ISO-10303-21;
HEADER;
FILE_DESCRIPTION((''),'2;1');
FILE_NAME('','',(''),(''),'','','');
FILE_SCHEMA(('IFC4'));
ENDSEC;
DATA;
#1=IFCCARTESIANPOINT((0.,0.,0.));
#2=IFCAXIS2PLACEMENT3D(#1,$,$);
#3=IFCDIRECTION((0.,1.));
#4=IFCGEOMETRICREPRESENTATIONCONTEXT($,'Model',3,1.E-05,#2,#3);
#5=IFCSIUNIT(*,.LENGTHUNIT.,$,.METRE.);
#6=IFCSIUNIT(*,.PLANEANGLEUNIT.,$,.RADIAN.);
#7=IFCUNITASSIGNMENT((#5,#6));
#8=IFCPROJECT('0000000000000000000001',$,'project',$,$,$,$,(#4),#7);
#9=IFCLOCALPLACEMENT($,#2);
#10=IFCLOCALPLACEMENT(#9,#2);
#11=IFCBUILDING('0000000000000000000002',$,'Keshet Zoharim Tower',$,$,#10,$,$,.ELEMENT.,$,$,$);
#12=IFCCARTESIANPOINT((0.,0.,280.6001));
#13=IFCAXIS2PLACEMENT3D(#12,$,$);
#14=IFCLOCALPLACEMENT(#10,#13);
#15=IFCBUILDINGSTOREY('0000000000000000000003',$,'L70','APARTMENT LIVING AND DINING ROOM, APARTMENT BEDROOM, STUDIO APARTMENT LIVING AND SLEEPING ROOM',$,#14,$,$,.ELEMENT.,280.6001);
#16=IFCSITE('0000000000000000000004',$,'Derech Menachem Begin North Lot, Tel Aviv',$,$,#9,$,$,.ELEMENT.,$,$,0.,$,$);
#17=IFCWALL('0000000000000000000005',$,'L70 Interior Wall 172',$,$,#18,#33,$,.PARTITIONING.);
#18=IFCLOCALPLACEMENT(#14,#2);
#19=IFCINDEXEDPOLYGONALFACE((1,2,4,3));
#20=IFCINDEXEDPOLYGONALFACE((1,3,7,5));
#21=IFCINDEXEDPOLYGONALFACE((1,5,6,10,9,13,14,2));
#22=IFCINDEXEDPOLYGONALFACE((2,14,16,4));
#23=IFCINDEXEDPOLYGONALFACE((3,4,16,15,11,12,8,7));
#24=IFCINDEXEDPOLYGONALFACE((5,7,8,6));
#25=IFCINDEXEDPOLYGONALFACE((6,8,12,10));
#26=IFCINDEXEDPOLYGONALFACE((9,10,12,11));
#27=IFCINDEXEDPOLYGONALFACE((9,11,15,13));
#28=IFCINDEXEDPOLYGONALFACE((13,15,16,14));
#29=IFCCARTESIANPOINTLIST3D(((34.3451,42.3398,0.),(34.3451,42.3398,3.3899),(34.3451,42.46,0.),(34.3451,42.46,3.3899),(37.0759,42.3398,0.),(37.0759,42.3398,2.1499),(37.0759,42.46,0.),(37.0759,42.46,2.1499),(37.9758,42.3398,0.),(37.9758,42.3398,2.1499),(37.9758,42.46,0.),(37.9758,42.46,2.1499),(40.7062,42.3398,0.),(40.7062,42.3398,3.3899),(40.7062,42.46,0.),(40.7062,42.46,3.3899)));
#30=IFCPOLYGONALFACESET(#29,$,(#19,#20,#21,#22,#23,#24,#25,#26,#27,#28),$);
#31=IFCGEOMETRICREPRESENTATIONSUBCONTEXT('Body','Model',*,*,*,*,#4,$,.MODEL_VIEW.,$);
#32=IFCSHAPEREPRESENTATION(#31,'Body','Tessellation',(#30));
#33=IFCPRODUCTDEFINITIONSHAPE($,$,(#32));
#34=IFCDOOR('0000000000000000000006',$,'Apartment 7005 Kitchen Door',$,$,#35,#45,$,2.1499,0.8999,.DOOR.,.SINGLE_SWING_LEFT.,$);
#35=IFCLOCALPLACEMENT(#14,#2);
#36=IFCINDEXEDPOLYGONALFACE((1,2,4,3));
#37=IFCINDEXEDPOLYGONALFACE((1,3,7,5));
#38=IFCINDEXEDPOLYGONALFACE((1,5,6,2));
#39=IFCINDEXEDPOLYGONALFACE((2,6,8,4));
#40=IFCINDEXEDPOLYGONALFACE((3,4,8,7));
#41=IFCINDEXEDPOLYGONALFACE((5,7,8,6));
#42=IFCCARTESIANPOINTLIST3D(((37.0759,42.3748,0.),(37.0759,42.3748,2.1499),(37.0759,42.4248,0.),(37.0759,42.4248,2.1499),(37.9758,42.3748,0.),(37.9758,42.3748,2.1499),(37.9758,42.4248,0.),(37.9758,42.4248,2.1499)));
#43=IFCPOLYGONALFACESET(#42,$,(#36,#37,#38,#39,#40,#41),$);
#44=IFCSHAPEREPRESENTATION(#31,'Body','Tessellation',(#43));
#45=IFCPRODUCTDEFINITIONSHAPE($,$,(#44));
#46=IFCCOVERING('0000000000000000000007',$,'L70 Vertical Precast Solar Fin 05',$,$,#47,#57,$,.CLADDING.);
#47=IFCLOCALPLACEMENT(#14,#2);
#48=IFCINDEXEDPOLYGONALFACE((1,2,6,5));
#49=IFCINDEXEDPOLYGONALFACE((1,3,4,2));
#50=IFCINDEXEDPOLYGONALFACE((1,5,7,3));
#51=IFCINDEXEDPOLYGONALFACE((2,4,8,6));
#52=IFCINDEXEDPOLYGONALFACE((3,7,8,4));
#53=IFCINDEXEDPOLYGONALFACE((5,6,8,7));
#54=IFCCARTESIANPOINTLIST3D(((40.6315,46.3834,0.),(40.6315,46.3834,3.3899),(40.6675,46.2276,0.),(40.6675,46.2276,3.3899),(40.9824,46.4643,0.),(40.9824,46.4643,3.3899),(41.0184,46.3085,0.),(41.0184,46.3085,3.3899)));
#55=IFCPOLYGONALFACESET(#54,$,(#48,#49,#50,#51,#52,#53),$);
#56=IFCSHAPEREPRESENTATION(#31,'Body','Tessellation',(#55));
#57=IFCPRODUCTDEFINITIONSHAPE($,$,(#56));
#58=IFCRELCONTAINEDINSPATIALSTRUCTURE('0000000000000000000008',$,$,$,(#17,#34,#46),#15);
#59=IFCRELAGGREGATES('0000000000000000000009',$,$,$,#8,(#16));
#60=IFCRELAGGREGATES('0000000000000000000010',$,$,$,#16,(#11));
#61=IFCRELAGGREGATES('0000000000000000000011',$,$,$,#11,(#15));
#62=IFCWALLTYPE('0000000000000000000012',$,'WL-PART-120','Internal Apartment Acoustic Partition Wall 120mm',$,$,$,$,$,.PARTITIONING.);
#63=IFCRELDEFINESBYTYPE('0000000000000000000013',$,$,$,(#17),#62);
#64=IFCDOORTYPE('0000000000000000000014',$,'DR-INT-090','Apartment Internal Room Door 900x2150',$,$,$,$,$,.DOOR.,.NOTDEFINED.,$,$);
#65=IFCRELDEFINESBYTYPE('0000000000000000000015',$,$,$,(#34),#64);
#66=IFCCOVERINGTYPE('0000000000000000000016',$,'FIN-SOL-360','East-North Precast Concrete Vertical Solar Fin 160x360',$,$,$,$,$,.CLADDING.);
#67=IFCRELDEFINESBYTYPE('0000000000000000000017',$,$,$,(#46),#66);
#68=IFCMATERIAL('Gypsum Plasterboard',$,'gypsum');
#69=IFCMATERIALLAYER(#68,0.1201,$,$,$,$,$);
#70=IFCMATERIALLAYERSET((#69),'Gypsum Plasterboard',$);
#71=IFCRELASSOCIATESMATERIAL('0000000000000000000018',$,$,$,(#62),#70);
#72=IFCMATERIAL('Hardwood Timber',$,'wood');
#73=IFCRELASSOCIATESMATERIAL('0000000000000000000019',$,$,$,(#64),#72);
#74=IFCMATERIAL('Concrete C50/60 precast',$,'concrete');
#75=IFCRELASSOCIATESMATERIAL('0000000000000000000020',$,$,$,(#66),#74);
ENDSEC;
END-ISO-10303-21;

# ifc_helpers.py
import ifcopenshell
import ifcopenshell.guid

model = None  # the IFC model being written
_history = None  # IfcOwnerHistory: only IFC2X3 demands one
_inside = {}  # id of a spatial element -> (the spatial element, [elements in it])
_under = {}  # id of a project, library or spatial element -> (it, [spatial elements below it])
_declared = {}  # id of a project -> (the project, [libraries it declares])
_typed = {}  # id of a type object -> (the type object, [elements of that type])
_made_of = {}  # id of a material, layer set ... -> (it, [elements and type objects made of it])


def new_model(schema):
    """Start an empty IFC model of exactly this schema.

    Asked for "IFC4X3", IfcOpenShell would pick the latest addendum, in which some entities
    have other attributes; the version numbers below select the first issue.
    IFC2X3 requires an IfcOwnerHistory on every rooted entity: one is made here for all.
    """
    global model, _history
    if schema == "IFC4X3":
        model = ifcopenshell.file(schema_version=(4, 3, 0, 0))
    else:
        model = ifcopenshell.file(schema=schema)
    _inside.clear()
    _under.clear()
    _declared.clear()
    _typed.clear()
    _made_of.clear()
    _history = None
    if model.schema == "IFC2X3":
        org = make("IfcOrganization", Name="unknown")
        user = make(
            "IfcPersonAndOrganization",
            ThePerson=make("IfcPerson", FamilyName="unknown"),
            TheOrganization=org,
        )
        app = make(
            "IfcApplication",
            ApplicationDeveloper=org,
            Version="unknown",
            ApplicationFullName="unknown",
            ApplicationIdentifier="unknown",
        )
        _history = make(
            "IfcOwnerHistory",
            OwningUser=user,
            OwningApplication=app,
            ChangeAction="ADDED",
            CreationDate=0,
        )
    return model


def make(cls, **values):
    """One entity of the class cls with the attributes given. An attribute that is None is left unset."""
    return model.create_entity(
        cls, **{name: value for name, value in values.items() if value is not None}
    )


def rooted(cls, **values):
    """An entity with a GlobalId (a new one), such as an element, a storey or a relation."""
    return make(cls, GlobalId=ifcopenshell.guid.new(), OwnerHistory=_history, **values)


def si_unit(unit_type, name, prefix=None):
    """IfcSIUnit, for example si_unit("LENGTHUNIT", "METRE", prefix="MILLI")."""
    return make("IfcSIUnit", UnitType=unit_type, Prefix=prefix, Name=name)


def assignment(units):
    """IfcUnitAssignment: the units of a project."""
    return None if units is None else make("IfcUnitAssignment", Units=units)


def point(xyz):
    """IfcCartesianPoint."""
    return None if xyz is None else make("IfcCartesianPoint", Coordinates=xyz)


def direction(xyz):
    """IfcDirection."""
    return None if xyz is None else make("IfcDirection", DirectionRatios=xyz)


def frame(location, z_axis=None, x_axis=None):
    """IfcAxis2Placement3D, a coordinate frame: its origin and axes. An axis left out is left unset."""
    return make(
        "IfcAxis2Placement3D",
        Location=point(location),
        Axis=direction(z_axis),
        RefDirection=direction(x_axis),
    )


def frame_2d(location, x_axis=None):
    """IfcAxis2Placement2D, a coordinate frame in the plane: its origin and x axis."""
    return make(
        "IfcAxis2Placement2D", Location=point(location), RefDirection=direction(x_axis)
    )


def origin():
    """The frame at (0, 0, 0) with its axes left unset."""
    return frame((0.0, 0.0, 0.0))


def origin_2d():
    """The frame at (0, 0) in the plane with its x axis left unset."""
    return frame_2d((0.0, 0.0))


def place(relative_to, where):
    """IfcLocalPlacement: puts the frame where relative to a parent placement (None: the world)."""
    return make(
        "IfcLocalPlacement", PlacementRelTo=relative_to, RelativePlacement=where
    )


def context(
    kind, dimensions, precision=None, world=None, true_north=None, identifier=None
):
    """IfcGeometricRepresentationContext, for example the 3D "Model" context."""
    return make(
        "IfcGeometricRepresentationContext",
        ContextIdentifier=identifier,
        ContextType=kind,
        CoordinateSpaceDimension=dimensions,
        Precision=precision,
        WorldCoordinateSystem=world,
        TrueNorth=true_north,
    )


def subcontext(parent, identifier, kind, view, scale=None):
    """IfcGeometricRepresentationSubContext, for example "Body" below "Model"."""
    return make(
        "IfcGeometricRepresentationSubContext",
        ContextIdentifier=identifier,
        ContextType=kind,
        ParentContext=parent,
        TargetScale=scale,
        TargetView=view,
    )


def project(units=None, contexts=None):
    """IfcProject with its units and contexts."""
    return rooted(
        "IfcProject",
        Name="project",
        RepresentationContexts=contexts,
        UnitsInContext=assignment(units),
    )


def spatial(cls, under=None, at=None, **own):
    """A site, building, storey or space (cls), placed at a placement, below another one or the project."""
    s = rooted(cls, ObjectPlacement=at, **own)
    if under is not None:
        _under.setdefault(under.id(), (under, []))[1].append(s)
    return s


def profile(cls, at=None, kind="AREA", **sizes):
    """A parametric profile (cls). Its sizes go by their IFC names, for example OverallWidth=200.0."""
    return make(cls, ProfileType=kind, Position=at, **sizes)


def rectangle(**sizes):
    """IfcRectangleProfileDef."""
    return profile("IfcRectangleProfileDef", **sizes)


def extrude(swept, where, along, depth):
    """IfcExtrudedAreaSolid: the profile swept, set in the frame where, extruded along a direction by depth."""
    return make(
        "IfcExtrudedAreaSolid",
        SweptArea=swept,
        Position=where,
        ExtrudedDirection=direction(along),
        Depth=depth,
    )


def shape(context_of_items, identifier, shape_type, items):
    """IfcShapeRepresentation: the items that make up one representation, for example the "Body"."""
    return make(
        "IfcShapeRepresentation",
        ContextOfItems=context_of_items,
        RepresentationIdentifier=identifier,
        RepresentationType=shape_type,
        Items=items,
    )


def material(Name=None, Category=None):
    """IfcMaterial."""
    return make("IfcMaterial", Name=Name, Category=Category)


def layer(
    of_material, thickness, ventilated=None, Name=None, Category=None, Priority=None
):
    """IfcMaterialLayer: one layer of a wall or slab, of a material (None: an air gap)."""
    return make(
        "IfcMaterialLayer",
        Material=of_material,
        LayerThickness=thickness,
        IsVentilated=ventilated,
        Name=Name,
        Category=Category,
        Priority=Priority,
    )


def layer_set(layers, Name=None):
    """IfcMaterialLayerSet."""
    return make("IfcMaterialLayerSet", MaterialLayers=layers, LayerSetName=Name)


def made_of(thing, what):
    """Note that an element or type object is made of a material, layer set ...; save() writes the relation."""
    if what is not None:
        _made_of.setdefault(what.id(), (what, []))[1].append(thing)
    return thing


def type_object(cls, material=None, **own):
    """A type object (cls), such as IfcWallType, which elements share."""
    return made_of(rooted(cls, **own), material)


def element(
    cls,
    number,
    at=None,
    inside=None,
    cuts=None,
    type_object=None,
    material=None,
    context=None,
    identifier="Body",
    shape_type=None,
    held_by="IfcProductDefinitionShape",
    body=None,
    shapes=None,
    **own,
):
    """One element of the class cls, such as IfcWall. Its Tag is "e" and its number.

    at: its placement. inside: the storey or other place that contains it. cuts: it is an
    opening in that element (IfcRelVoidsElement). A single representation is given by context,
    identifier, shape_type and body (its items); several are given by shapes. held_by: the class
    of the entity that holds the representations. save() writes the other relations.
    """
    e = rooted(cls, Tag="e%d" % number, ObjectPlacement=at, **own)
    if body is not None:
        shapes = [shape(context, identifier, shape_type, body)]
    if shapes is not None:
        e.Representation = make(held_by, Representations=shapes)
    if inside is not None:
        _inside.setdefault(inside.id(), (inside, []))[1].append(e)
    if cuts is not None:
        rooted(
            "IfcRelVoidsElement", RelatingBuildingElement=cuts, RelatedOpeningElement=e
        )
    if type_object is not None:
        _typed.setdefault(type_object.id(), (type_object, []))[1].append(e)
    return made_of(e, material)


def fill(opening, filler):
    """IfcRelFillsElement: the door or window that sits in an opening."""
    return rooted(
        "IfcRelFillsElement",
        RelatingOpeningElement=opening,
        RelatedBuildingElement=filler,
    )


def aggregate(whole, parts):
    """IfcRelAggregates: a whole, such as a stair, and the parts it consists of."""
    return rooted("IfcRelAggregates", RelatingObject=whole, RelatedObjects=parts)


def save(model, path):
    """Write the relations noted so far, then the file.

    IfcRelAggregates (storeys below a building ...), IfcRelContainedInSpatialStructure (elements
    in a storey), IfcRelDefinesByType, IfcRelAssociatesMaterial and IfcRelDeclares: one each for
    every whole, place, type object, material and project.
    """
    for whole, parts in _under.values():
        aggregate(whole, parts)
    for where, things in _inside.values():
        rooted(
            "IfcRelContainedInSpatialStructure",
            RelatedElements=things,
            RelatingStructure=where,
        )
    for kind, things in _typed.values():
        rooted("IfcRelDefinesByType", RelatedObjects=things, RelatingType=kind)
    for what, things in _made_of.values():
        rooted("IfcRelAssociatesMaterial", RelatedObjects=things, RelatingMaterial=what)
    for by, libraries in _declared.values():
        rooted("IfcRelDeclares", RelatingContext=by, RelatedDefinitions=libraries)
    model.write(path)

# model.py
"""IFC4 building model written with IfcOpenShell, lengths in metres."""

from ifc_helpers import new_model, si_unit, direction, frame, frame_2d, origin, origin_2d, place, context, subcontext, project, spatial, rectangle, extrude, material, layer, layer_set, type_object, element, fill, save


model = new_model("IFC4")

# Units and contexts
model_context = context("Model", 3, precision=1e-05, world=origin(), true_north=direction((0.0, 1.0)))
body_context = subcontext(model_context, "Body", "Model", "MODEL_VIEW")
ifc_project = project(units=[si_unit("LENGTHUNIT", "METRE"), si_unit("PLANEANGLEUNIT", "RADIAN")], contexts=[model_context])

# Site, building, storey
site_placement = place(None, origin())
site = spatial("IfcSite", under=ifc_project, at=site_placement, Name="Derech Menachem Begin North Lot, Tel Aviv", CompositionType="ELEMENT", RefElevation=0.0)
building_placement = place(site_placement, origin())
building = spatial("IfcBuilding", under=site, at=building_placement, Name="Keshet Zoharim Tower", CompositionType="ELEMENT")
storey_placement = place(building_placement, frame((0.0, 0.0, 280.6001)))
storey = spatial("IfcBuildingStorey", under=building, at=storey_placement, Name="L70", Description="APARTMENT LIVING AND DINING ROOM, APARTMENT BEDROOM, STUDIO APARTMENT LIVING AND SLEEPING ROOM", CompositionType="ELEMENT", Elevation=280.6001)

# Shared definitions
ifc_material_1 = material(Name="Gypsum Plasterboard", Category="gypsum")
ifc_layer_1 = layer(ifc_material_1, 0.1201)
ifc_layer_set_1 = layer_set([ifc_layer_1], Name="Gypsum Plasterboard")
wall_type = type_object("IfcWallType", Name="WL-PART-120", Description="Internal Apartment Acoustic Partition Wall 120mm", PredefinedType="PARTITIONING", material=ifc_layer_set_1)

# Wall, opening, door
wall_1_placement = place(storey_placement, frame((34.345, 42.3999, 0.0), z_axis=(0.0, 0.0, 1.0), x_axis=(1.0, 0.0, 0.0)))
wall_1 = element("IfcWall", 1, at=wall_1_placement, inside=storey, type_object=wall_type, Name="L70 Interior Wall 172", PredefinedType="PARTITIONING", context=body_context, shape_type="SweptSolid", body=[
    extrude(rectangle(XDim=6.3611, YDim=0.1201, at=frame_2d((3.1807, 0.0))), origin(), (0.0, 0.0, 1.0), 3.3899),
])
opening_placement = place(wall_1_placement, frame((2.731, 0.0, 0.0)))
opening = element("IfcOpeningElement", 2, at=opening_placement, cuts=wall_1, PredefinedType="OPENING", context=body_context, shape_type="SweptSolid", body=[
    extrude(rectangle(XDim=0.8999, YDim=2.1499, at=frame_2d((0.45, 1.075))), frame((0.0, 0.0701, 0.0), z_axis=(0.0, -1.0, 0.0), x_axis=(1.0, 0.0, 0.0)), (0.0, 0.0, 1.0), 0.1401),
])
ifc_material_2 = material(Name="Hardwood Timber", Category="wood")
door_type = type_object("IfcDoorType", Name="DR-INT-090", Description="Apartment Internal Room Door 900x2150", OperationType="NOTDEFINED", PredefinedType="DOOR", material=ifc_material_2)
door_placement = place(opening_placement, origin())
door = element("IfcDoor", 3, at=door_placement, inside=storey, type_object=door_type, Name="Apartment 7005 Kitchen Door", OperationType="SINGLE_SWING_LEFT", OverallHeight=2.1499, OverallWidth=0.8999, PredefinedType="DOOR", context=body_context, shape_type="SweptSolid", body=[
    extrude(rectangle(XDim=0.8999, YDim=2.1499, at=frame_2d((0.45, 1.075))), frame((0.0, 0.0249, 0.0), z_axis=(0.0, -1.0, 0.0), x_axis=(1.0, 0.0, 0.0)), (0.0, 0.0, 1.0), 0.05),
])
fill(opening, door)

# Covering
ifc_material_3 = material(Name="Concrete C50/60 precast", Category="concrete")
covering_type = type_object("IfcCoveringType", Name="FIN-SOL-360", Description="East-North Precast Concrete Vertical Solar Fin 160x360", PredefinedType="CLADDING", material=ifc_material_3)
covering_placement = place(storey_placement, frame((40.825, 46.3459, 0.0), z_axis=(0.0, 0.0, 1.0), x_axis=(0.22483, -0.974398, 0.0)))
element("IfcCovering", 4, at=covering_placement, inside=storey, type_object=covering_type, Name="L70 Vertical Precast Solar Fin 05", PredefinedType="CLADDING", context=body_context, shape_type="SweptSolid", body=[
    extrude(rectangle(XDim=0.1599, YDim=0.3601, at=origin_2d()), origin(), (0.0, 0.0, 1.0), 3.3899),
])

save(model, "model.ifc")
